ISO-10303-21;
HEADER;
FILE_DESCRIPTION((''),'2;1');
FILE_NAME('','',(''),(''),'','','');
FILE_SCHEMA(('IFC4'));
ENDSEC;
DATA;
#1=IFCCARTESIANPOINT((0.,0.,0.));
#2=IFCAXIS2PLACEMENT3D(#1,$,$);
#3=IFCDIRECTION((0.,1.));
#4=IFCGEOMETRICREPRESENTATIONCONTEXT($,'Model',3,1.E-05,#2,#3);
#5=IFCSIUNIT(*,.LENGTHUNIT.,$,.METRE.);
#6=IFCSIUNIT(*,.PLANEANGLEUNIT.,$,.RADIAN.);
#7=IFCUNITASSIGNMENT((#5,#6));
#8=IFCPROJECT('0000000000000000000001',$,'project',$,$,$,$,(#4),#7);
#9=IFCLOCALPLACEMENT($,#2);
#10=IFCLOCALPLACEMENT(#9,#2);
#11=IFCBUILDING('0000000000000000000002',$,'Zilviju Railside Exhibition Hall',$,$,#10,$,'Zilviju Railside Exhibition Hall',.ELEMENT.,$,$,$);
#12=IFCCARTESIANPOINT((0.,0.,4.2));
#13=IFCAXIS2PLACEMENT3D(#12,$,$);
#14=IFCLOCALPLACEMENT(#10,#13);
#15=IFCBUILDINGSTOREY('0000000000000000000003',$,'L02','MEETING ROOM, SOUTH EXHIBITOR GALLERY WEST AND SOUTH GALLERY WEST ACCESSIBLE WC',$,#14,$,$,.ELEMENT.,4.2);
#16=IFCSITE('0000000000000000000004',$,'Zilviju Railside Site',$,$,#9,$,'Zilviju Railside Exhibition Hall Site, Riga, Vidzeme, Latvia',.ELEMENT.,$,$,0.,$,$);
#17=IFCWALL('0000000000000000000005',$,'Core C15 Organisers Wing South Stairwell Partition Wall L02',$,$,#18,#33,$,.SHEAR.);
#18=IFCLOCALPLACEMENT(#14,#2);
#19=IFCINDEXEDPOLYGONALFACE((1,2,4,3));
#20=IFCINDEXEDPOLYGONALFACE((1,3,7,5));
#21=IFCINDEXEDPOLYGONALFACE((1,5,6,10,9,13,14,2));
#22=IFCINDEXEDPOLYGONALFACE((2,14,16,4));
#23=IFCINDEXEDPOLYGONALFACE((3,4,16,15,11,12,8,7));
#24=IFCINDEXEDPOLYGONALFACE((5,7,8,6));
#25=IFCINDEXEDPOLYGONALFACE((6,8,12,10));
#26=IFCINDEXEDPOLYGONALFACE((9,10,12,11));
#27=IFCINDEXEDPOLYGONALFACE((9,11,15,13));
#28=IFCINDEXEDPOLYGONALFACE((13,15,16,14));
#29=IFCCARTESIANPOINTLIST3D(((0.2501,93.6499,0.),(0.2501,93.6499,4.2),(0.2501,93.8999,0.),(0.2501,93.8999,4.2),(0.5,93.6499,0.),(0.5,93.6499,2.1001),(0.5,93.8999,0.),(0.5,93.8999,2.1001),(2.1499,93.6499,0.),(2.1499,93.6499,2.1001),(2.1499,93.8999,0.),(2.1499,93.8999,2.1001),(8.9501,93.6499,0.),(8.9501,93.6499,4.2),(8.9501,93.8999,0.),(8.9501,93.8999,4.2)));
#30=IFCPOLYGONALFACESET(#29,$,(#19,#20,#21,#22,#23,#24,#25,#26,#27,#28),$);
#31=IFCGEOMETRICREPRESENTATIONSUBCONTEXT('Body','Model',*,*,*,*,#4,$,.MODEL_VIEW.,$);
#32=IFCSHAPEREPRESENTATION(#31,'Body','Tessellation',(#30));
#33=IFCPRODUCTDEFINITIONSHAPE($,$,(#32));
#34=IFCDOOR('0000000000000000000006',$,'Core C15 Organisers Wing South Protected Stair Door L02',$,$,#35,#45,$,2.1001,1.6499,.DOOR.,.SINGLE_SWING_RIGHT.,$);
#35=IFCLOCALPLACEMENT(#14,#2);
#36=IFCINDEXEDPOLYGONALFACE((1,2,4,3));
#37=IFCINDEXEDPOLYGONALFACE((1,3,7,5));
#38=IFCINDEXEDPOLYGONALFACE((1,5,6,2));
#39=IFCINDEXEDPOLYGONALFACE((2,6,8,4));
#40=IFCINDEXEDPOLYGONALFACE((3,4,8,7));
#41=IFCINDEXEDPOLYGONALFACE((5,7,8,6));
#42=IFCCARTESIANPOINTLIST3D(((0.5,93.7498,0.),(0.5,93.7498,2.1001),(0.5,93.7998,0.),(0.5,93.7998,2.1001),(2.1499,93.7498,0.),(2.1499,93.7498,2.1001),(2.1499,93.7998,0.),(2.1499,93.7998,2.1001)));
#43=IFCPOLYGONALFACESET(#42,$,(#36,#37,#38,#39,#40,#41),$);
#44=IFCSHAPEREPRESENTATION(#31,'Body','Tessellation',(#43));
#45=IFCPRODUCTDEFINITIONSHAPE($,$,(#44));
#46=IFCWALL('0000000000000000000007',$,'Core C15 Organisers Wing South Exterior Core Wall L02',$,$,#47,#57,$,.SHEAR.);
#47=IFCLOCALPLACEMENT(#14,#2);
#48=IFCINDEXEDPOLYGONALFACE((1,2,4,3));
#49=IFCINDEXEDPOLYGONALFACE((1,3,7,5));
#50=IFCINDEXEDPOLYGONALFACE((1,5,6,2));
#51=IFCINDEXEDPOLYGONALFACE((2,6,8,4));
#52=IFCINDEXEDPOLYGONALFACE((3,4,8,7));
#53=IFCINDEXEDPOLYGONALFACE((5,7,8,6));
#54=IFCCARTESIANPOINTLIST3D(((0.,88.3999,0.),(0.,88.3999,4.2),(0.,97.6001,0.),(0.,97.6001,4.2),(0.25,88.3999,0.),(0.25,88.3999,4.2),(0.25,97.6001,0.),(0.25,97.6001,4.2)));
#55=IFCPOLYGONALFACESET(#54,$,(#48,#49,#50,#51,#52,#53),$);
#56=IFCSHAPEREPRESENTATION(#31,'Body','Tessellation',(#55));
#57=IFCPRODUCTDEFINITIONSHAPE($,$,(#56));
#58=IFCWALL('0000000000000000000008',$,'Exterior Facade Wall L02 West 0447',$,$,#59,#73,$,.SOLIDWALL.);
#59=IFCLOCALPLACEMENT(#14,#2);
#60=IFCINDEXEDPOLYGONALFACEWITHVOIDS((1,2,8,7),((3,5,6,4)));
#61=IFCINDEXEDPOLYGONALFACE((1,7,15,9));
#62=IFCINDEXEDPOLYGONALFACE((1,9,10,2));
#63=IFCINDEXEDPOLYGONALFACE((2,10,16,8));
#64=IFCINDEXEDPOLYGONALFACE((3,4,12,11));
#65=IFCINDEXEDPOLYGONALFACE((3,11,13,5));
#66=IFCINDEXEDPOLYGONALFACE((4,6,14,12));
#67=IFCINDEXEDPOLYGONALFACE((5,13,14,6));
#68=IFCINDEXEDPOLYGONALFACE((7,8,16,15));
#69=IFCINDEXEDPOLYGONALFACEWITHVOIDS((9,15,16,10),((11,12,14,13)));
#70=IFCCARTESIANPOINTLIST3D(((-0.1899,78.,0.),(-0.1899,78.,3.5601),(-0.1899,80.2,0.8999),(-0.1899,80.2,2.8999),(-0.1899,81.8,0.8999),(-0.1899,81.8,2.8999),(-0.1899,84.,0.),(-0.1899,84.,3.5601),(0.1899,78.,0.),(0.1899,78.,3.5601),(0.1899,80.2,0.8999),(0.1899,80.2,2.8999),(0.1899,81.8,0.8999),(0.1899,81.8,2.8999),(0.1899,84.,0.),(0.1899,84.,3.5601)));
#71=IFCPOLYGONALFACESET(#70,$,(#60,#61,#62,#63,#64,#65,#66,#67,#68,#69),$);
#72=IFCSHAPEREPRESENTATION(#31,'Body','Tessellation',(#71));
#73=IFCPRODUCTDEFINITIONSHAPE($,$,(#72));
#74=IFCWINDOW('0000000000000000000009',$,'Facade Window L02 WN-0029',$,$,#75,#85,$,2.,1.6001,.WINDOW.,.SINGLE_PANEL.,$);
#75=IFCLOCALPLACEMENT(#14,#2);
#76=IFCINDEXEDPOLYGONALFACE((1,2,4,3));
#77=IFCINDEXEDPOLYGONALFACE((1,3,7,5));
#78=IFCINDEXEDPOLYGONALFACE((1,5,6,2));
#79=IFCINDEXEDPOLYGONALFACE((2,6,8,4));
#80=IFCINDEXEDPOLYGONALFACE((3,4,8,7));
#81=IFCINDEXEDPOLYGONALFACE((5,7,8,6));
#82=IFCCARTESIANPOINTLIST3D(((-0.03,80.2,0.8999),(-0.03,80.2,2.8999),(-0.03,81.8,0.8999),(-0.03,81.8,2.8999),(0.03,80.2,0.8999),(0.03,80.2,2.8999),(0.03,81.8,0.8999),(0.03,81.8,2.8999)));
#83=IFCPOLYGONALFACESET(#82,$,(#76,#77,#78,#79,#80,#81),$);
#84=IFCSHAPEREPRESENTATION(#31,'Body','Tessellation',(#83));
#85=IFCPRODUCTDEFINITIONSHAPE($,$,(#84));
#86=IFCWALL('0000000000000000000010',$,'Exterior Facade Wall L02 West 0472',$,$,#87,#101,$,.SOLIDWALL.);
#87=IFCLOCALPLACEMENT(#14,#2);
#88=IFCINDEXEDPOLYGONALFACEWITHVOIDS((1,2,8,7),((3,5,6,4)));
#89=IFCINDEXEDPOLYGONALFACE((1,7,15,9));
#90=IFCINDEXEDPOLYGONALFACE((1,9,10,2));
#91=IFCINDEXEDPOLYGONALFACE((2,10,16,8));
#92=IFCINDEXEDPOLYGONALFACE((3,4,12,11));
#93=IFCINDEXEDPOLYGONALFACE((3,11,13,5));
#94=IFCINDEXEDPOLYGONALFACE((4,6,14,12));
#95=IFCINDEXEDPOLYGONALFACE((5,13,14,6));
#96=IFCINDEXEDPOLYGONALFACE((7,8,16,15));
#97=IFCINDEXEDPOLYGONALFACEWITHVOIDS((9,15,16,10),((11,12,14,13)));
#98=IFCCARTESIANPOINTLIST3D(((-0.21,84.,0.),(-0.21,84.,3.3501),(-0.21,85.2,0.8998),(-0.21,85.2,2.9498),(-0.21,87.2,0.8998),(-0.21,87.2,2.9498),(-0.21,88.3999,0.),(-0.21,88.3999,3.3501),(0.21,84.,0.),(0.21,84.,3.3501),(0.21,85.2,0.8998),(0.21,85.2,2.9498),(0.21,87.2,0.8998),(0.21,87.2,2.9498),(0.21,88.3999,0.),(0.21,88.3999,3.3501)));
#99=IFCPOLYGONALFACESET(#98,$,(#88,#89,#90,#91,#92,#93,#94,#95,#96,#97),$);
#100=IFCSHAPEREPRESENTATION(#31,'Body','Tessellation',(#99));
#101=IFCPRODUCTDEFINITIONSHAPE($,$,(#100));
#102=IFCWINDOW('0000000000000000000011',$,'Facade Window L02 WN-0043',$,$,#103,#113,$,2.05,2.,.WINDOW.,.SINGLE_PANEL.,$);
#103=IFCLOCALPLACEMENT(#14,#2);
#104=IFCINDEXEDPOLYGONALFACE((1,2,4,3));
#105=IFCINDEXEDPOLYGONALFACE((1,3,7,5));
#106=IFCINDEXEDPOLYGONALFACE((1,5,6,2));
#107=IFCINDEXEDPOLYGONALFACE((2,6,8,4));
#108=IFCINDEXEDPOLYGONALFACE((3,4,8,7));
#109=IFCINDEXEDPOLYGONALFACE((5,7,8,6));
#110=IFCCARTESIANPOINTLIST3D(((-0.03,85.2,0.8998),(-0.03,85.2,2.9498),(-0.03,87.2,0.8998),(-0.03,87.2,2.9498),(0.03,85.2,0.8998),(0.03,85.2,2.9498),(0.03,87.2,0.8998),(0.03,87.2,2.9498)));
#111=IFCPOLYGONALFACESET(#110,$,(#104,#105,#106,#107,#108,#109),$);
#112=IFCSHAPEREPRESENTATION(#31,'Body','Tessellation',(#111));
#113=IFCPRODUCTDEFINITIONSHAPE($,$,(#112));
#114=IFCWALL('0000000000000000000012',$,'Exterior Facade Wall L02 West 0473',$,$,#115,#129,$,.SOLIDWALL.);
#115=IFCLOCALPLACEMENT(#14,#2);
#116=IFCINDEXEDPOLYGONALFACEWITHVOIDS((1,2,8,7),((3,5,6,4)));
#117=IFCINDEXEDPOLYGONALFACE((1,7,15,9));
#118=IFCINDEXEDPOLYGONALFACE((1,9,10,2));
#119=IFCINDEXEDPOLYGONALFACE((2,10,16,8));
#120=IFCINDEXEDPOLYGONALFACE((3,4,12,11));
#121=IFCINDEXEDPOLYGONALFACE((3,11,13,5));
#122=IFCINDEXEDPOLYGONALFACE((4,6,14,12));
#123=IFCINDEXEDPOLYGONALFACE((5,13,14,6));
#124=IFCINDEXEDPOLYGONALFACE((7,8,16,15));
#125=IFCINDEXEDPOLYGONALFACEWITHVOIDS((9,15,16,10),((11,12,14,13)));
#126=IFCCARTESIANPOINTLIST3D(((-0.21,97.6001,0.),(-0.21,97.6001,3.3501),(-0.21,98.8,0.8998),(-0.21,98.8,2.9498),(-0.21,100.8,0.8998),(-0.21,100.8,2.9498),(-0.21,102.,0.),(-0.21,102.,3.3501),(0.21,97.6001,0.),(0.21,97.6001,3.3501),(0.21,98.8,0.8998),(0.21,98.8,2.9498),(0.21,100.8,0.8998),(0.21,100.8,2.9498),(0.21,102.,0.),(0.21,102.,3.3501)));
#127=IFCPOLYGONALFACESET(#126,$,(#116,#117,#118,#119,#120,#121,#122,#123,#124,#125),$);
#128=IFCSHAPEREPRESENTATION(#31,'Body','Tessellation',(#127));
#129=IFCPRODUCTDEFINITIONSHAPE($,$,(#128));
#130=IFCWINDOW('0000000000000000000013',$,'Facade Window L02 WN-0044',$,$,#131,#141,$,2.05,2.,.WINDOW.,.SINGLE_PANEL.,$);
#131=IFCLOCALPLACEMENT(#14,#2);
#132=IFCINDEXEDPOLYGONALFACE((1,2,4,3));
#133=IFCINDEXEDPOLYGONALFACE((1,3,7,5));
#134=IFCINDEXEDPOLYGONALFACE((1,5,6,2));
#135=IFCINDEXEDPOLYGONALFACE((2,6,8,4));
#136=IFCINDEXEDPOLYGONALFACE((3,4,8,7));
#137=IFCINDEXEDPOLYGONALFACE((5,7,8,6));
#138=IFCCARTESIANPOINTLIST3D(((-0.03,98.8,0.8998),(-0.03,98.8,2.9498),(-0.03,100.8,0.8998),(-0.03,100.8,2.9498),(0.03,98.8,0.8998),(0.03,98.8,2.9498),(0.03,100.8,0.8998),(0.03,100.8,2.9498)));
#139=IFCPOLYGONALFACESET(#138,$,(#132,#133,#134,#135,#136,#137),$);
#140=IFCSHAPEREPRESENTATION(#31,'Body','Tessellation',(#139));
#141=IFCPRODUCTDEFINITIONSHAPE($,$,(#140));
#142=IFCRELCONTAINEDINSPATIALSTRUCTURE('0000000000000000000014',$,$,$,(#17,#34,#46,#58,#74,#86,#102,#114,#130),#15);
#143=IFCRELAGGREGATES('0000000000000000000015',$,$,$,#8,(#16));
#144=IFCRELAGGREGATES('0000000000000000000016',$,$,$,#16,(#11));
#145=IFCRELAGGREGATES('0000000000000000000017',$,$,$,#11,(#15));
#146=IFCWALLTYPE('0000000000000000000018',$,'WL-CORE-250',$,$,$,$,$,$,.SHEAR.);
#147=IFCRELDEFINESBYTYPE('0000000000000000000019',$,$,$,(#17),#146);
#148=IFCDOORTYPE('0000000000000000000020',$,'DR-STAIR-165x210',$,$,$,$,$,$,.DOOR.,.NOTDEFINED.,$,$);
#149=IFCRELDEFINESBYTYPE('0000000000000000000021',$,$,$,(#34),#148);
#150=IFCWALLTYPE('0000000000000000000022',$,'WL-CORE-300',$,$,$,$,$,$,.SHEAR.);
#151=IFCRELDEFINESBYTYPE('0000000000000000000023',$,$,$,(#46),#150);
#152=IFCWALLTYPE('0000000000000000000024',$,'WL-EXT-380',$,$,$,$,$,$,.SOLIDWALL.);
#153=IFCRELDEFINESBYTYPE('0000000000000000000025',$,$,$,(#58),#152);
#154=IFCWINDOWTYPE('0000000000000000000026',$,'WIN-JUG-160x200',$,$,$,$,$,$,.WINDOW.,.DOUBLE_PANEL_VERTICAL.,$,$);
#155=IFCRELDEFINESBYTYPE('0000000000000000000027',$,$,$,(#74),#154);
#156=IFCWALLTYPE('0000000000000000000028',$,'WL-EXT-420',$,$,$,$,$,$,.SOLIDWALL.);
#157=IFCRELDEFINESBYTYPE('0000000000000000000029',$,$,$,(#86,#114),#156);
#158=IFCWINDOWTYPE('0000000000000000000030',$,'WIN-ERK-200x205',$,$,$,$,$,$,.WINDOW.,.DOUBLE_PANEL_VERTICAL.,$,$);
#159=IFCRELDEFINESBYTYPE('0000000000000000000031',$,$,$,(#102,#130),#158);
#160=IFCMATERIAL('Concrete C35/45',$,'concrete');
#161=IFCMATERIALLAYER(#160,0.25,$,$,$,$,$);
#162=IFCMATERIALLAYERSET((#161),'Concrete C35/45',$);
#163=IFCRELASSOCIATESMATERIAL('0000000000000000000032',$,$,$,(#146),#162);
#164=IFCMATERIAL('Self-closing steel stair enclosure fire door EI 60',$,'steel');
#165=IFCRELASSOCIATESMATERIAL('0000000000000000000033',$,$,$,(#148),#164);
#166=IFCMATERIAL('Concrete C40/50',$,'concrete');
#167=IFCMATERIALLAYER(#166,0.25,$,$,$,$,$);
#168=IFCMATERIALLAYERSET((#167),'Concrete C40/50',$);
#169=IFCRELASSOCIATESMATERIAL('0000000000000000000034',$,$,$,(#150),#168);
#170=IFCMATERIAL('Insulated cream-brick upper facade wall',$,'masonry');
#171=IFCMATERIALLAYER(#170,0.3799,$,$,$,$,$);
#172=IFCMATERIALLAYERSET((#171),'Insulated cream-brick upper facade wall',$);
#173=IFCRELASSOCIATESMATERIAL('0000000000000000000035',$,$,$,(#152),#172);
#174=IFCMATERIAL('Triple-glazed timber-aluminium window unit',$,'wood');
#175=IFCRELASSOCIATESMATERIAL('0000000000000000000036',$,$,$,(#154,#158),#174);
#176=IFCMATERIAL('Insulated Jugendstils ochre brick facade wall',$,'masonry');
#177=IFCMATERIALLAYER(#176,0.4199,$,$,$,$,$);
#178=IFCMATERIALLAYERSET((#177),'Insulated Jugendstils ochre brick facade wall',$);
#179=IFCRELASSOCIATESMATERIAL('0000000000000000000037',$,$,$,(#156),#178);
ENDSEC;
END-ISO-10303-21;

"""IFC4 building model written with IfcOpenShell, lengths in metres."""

from ifc_helpers import new_model, si_unit, direction, frame, frame_2d, origin, place, context, subcontext, project, spatial, rectangle, extrude, material, layer, layer_set, type_object, element, fill, save


model = new_model("IFC4")

# Units and contexts
model_context = context("Model", 3, precision=1e-05, world=origin(), true_north=direction((0.0, 1.0)))
body_context = subcontext(model_context, "Body", "Model", "MODEL_VIEW")
ifc_project = project(units=[si_unit("LENGTHUNIT", "METRE"), si_unit("PLANEANGLEUNIT", "RADIAN")], contexts=[model_context])

# Site, building, storey
site_placement = place(None, origin())
site = spatial("IfcSite", under=ifc_project, at=site_placement, Name="Zilviju Railside Site", LongName="Zilviju Railside Exhibition Hall Site, Riga, Vidzeme, Latvia", CompositionType="ELEMENT", RefElevation=0.0)
building_placement = place(site_placement, origin())
building = spatial("IfcBuilding", under=site, at=building_placement, Name="Zilviju Railside Exhibition Hall", LongName="Zilviju Railside Exhibition Hall", CompositionType="ELEMENT")
storey_placement = place(building_placement, frame((0.0, 0.0, 4.2)))
storey = spatial("IfcBuildingStorey", under=building, at=storey_placement, Name="L02", Description="MEETING ROOM, SOUTH EXHIBITOR GALLERY WEST AND SOUTH GALLERY WEST ACCESSIBLE WC", CompositionType="ELEMENT", Elevation=4.2)

# Shared definitions
ifc_material_1 = material(Name="Concrete C35/45", Category="concrete")

# Shared definitions
ifc_layer_1 = layer(ifc_material_1, 0.25)
ifc_layer_set_1 = layer_set([ifc_layer_1], Name="Concrete C35/45")
wall_type_1 = type_object("IfcWallType", Name="WL-CORE-250", PredefinedType="SHEAR", material=ifc_layer_set_1)

# Wall, opening, door
wall_1_placement = place(storey_placement, frame((0.25, 93.7749, 0.0), z_axis=(0.0, 0.0, 1.0), x_axis=(1.0, 0.0, 0.0)))
wall_1 = element("IfcWall", 1, at=wall_1_placement, inside=storey, type_object=wall_type_1, Name="Core C15 Organisers Wing South Stairwell Partition Wall L02", PredefinedType="SHEAR", context=body_context, shape_type="SweptSolid", body=[
    extrude(rectangle(XDim=8.7, YDim=0.25, at=frame_2d((4.3501, 0.0))), origin(), (0.0, 0.0, 1.0), 4.2),
])
opening_1_placement = place(wall_1_placement, frame((0.25, 0.0, 0.0)))
opening_1 = element("IfcOpeningElement", 2, at=opening_1_placement, cuts=wall_1, PredefinedType="OPENING", context=body_context, shape_type="SweptSolid", body=[
    extrude(rectangle(XDim=1.6499, YDim=2.1001, at=frame_2d((0.825, 1.05))), frame((0.0, 0.135, 0.0), z_axis=(0.0, -1.0, 0.0), x_axis=(1.0, 0.0, 0.0)), (0.0, 0.0, 1.0), 0.27),
])
ifc_material_2 = material(Name="Self-closing steel stair enclosure fire door EI 60", Category="steel")
door_type_1 = type_object("IfcDoorType", Name="DR-STAIR-165x210", OperationType="NOTDEFINED", PredefinedType="DOOR", material=ifc_material_2)
door_1_placement = place(opening_1_placement, origin())
door_1 = element("IfcDoor", 3, at=door_1_placement, inside=storey, type_object=door_type_1, Name="Core C15 Organisers Wing South Protected Stair Door L02", OperationType="SINGLE_SWING_RIGHT", OverallHeight=2.1001, OverallWidth=1.6499, PredefinedType="DOOR", context=body_context, shape_type="SweptSolid", body=[
    extrude(rectangle(XDim=1.6499, YDim=2.1001, at=frame_2d((0.825, 1.05))), frame((0.0, 0.0249, 0.0), z_axis=(0.0, -1.0, 0.0), x_axis=(1.0, 0.0, 0.0)), (0.0, 0.0, 1.0), 0.05),
])
fill(opening_1, door_1)

# Wall
ifc_material_3 = material(Name="Concrete C40/50", Category="concrete")
ifc_layer_2 = layer(ifc_material_3, 0.25)
ifc_layer_set_2 = layer_set([ifc_layer_2], Name="Concrete C40/50")
wall_type_2 = type_object("IfcWallType", Name="WL-CORE-300", PredefinedType="SHEAR", material=ifc_layer_set_2)
wall_2_placement = place(storey_placement, frame((0.125, 88.3999, 0.0), z_axis=(0.0, 0.0, 1.0), x_axis=(0.0, 1.0, 0.0)))
element("IfcWall", 4, at=wall_2_placement, inside=storey, type_object=wall_type_2, Name="Core C15 Organisers Wing South Exterior Core Wall L02", PredefinedType="SHEAR", context=body_context, shape_type="SweptSolid", body=[
    extrude(rectangle(XDim=9.2002, YDim=0.25, at=frame_2d((4.6001, 0.0))), origin(), (0.0, 0.0, 1.0), 4.2),
])

# Walls, openings, windows
ifc_material_4 = material(Name="Insulated cream-brick upper facade wall", Category="masonry")
ifc_layer_3 = layer(ifc_material_4, 0.3799)
ifc_layer_set_3 = layer_set([ifc_layer_3], Name="Insulated cream-brick upper facade wall")
wall_type_3 = type_object("IfcWallType", Name="WL-EXT-380", PredefinedType="SOLIDWALL", material=ifc_layer_set_3)
wall_3_placement = place(storey_placement, frame((0.0, 78.0, 0.0), z_axis=(0.0, 0.0, 1.0), x_axis=(0.0, 1.0, 0.0)))
wall_3 = element("IfcWall", 5, at=wall_3_placement, inside=storey, type_object=wall_type_3, Name="Exterior Facade Wall L02 West 0447", PredefinedType="SOLIDWALL", context=body_context, shape_type="SweptSolid", body=[
    extrude(rectangle(XDim=6.0, YDim=0.3799, at=frame_2d((3.0, 0.0))), origin(), (0.0, 0.0, 1.0), 3.5601),
])
opening_2_placement = place(wall_3_placement, frame((2.2, 0.0, 0.8999)))
opening_2 = element("IfcOpeningElement", 6, at=opening_2_placement, cuts=wall_3, PredefinedType="OPENING", context=body_context, shape_type="SweptSolid", body=[
    extrude(rectangle(XDim=1.6001, YDim=2.0, at=frame_2d((0.8, 1.0))), frame((0.0, 0.2, 0.0), z_axis=(0.0, -1.0, 0.0), x_axis=(1.0, 0.0, 0.0)), (0.0, 0.0, 1.0), 0.3999),
])
ifc_material_5 = material(Name="Triple-glazed timber-aluminium window unit", Category="wood")
window_type_1 = type_object("IfcWindowType", Name="WIN-JUG-160x200", PartitioningType="DOUBLE_PANEL_VERTICAL", PredefinedType="WINDOW", material=ifc_material_5)
window_1_placement = place(opening_2_placement, origin())
window_1 = element("IfcWindow", 7, at=window_1_placement, inside=storey, type_object=window_type_1, Name="Facade Window L02 WN-0029", OverallHeight=2.0, OverallWidth=1.6001, PartitioningType="SINGLE_PANEL", PredefinedType="WINDOW", context=body_context, shape_type="SweptSolid", body=[
    extrude(rectangle(XDim=1.6001, YDim=2.0, at=frame_2d((0.8, 1.0))), frame((0.0, 0.03, 0.0), z_axis=(0.0, -1.0, 0.0), x_axis=(1.0, 0.0, 0.0)), (0.0, 0.0, 1.0), 0.0601),
])
fill(opening_2, window_1)
ifc_material_6 = material(Name="Insulated Jugendstils ochre brick facade wall", Category="masonry")
ifc_layer_4 = layer(ifc_material_6, 0.4199)
ifc_layer_set_4 = layer_set([ifc_layer_4], Name="Insulated Jugendstils ochre brick facade wall")
wall_type_4 = type_object("IfcWallType", Name="WL-EXT-420", PredefinedType="SOLIDWALL", material=ifc_layer_set_4)
wall_4_placement = place(storey_placement, frame((0.0, 84.0, 0.0), z_axis=(0.0, 0.0, 1.0), x_axis=(0.0, 1.0, 0.0)))
wall_4 = element("IfcWall", 8, at=wall_4_placement, inside=storey, type_object=wall_type_4, Name="Exterior Facade Wall L02 West 0472", PredefinedType="SOLIDWALL", context=body_context, shape_type="SweptSolid", body=[
    extrude(rectangle(XDim=4.3999, YDim=0.4199, at=frame_2d((2.2, 0.0))), origin(), (0.0, 0.0, 1.0), 3.3501),
])
opening_3_placement = place(wall_4_placement, frame((1.2, 0.0, 0.8999)))
opening_3 = element("IfcOpeningElement", 9, at=opening_3_placement, cuts=wall_4, PredefinedType="OPENING", context=body_context, shape_type="SweptSolid", body=[
    extrude(rectangle(XDim=2.0, YDim=2.05, at=frame_2d((1.0, 1.0249))), frame((0.0, 0.22, 0.0), z_axis=(0.0, -1.0, 0.0), x_axis=(1.0, 0.0, 0.0)), (0.0, 0.0, 1.0), 0.4399),
])
window_type_2 = type_object("IfcWindowType", Name="WIN-ERK-200x205", PartitioningType="DOUBLE_PANEL_VERTICAL", PredefinedType="WINDOW", material=ifc_material_5)
window_2_placement = place(opening_3_placement, origin())
window_2 = element("IfcWindow", 10, at=window_2_placement, inside=storey, type_object=window_type_2, Name="Facade Window L02 WN-0043", OverallHeight=2.05, OverallWidth=2.0, PartitioningType="SINGLE_PANEL", PredefinedType="WINDOW", context=body_context, shape_type="SweptSolid", body=[
    extrude(rectangle(XDim=2.0, YDim=2.05, at=frame_2d((1.0, 1.0249))), frame((0.0, 0.03, 0.0), z_axis=(0.0, -1.0, 0.0), x_axis=(1.0, 0.0, 0.0)), (0.0, 0.0, 1.0), 0.0601),
])
fill(opening_3, window_2)
wall_5_placement = place(storey_placement, frame((0.0, 97.6001, 0.0), z_axis=(0.0, 0.0, 1.0), x_axis=(0.0, 1.0, 0.0)))
wall_5 = element("IfcWall", 11, at=wall_5_placement, inside=storey, type_object=wall_type_4, Name="Exterior Facade Wall L02 West 0473", PredefinedType="SOLIDWALL", context=body_context, shape_type="SweptSolid", body=[
    extrude(rectangle(XDim=4.3999, YDim=0.4199, at=frame_2d((2.2, 0.0))), origin(), (0.0, 0.0, 1.0), 3.3501),
])
opening_4_placement = place(wall_5_placement, frame((1.2, 0.0, 0.8999)))
opening_4 = element("IfcOpeningElement", 12, at=opening_4_placement, cuts=wall_5, PredefinedType="OPENING", context=body_context, shape_type="SweptSolid", body=[
    extrude(rectangle(XDim=2.0, YDim=2.05, at=frame_2d((1.0, 1.0249))), frame((0.0, 0.22, 0.0), z_axis=(0.0, -1.0, 0.0), x_axis=(1.0, 0.0, 0.0)), (0.0, 0.0, 1.0), 0.4399),
])
window_3_placement = place(opening_4_placement, origin())
window_3 = element("IfcWindow", 13, at=window_3_placement, inside=storey, type_object=window_type_2, Name="Facade Window L02 WN-0044", OverallHeight=2.05, OverallWidth=2.0, PartitioningType="SINGLE_PANEL", PredefinedType="WINDOW", context=body_context, shape_type="SweptSolid", body=[
    extrude(rectangle(XDim=2.0, YDim=2.05, at=frame_2d((1.0, 1.0249))), frame((0.0, 0.03, 0.0), z_axis=(0.0, -1.0, 0.0), x_axis=(1.0, 0.0, 0.0)), (0.0, 0.0, 1.0), 0.0601),
])
fill(opening_4, window_3)

save(model, "model.ifc")
